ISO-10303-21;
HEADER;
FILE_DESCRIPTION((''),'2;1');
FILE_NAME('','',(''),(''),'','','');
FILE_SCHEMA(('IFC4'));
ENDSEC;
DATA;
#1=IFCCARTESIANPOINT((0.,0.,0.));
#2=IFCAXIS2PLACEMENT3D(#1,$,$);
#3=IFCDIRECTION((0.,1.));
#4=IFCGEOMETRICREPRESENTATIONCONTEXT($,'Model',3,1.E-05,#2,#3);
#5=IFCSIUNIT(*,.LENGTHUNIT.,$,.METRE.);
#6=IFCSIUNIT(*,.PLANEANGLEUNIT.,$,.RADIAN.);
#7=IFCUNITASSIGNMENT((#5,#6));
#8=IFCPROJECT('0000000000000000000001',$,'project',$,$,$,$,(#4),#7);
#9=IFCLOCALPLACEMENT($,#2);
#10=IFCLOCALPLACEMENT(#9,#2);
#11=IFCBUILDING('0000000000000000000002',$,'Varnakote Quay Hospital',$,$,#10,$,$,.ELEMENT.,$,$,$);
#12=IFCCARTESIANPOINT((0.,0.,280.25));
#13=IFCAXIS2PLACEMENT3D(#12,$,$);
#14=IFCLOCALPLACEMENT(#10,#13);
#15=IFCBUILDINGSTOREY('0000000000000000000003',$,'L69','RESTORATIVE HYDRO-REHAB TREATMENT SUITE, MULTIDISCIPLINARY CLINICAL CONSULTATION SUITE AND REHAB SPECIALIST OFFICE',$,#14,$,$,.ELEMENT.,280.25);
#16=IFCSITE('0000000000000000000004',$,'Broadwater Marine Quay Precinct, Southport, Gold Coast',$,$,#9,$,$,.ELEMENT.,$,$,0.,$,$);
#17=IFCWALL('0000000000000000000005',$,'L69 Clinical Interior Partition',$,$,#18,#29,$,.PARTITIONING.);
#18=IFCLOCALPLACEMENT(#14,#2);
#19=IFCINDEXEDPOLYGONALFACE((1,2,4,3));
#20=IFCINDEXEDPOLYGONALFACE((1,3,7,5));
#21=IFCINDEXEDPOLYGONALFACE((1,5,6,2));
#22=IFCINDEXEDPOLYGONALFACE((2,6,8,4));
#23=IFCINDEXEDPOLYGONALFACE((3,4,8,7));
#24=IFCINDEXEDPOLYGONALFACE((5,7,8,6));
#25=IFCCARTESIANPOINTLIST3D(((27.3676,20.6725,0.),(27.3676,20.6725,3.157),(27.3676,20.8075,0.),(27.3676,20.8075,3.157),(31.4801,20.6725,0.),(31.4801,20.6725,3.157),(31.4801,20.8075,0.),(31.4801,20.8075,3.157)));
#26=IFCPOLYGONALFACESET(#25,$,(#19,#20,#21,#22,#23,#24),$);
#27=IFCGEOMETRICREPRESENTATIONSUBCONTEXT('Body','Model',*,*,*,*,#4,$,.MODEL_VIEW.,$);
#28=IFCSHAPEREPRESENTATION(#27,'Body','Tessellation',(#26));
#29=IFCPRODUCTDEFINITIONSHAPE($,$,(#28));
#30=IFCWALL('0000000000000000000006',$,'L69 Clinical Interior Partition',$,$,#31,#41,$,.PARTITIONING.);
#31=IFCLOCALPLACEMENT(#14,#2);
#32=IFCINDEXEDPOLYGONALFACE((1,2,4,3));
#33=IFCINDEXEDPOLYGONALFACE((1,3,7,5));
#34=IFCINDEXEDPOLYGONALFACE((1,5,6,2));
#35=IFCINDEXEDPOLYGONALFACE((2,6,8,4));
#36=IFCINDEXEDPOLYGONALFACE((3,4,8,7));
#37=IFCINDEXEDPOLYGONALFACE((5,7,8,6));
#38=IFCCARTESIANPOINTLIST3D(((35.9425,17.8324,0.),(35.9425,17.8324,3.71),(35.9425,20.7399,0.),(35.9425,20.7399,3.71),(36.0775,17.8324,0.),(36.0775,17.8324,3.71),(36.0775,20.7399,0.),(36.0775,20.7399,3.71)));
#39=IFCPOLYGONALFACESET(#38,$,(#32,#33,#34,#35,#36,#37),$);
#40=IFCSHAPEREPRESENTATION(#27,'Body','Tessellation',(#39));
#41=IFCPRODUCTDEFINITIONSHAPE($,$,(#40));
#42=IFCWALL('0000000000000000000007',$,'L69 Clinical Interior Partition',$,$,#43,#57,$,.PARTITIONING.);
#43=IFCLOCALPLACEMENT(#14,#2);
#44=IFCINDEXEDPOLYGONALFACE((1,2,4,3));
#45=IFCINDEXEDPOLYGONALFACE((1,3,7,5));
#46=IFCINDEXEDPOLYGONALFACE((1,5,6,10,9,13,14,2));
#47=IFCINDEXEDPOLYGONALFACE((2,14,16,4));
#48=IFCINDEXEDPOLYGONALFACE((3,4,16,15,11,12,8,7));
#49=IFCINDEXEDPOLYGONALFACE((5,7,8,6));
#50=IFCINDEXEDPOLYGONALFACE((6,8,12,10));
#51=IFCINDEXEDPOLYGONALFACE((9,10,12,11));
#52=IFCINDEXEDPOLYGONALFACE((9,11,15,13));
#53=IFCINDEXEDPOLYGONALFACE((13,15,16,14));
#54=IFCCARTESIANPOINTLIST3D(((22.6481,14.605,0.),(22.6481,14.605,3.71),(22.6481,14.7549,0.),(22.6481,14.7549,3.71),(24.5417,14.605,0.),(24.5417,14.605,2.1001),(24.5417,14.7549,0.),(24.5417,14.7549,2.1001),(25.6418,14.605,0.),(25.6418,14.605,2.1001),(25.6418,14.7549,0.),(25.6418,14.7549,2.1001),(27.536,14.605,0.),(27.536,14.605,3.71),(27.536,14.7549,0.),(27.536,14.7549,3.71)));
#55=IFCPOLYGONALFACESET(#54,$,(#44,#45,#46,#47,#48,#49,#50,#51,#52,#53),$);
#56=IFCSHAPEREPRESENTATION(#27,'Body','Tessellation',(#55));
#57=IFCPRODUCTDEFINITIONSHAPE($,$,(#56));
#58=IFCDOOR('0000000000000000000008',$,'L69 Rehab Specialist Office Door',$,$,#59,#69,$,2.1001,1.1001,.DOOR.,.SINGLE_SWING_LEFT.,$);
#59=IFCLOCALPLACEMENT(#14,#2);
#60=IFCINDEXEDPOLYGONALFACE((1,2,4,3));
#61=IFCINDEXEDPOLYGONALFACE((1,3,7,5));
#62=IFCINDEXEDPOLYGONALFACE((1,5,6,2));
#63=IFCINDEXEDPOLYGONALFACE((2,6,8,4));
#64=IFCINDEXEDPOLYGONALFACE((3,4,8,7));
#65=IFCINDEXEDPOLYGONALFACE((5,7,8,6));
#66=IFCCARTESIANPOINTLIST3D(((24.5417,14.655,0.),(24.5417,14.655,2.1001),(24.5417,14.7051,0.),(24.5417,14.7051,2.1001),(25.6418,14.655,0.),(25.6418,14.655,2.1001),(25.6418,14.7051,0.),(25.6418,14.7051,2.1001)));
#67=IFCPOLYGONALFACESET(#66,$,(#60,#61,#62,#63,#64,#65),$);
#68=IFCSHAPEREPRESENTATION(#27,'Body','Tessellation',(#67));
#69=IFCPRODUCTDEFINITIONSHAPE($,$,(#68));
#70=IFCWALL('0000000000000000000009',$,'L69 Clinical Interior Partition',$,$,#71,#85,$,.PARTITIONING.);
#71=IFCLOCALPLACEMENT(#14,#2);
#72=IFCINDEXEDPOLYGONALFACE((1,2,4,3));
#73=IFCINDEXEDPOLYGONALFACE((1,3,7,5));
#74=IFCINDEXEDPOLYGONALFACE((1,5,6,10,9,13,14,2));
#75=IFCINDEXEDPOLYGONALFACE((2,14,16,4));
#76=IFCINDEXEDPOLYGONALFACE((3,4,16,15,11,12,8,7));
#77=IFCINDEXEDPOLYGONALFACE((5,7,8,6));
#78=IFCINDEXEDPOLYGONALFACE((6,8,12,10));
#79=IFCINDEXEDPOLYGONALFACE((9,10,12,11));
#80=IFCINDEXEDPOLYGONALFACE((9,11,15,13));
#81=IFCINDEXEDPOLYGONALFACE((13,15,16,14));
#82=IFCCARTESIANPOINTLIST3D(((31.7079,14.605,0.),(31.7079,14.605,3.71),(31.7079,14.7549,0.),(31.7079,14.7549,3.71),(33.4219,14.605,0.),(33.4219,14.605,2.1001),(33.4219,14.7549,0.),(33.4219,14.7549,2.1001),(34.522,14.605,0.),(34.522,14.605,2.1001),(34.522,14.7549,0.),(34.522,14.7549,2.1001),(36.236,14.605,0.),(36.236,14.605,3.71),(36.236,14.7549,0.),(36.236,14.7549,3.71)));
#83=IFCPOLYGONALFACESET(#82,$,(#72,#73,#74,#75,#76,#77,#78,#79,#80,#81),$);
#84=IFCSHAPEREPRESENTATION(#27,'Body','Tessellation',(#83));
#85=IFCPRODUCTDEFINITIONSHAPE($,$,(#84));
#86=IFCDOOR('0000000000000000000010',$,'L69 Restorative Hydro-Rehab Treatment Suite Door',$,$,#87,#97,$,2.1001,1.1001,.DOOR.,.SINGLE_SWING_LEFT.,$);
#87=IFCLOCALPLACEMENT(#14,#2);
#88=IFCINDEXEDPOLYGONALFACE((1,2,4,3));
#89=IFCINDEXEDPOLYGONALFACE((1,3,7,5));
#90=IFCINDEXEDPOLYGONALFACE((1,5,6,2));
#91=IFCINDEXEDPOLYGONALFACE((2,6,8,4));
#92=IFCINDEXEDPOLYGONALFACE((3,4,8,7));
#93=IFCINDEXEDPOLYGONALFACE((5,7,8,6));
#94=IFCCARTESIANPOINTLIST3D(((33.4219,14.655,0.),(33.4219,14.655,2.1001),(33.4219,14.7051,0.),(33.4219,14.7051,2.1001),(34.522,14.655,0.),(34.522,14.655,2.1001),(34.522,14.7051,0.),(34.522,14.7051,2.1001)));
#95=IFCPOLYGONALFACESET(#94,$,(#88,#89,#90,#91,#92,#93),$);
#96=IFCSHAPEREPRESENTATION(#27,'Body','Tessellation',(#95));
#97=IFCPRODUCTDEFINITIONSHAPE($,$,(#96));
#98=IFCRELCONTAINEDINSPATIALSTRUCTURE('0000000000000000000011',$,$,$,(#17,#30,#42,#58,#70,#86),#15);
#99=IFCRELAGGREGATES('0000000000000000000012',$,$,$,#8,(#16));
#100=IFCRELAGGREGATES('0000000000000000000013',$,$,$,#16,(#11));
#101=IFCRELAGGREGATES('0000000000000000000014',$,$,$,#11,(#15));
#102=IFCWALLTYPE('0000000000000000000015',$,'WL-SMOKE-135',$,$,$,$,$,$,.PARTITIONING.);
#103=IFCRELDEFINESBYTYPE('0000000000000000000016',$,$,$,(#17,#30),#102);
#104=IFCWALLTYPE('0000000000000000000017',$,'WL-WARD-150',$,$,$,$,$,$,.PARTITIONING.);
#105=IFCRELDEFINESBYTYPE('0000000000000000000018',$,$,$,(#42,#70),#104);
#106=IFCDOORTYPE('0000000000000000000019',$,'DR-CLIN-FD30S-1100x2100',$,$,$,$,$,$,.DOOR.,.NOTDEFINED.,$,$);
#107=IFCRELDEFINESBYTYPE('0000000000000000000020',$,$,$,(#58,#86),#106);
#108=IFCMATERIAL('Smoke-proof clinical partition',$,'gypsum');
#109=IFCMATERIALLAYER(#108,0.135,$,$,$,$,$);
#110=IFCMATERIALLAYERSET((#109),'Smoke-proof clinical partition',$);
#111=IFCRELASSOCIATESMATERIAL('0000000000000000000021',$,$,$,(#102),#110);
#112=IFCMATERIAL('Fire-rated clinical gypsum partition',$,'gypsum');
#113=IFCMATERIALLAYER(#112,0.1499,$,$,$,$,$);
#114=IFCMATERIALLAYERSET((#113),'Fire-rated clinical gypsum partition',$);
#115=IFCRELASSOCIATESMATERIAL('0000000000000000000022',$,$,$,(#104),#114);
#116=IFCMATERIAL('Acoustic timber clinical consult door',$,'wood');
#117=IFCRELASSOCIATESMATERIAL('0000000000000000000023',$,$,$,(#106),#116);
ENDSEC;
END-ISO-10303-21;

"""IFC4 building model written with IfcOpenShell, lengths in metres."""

from ifc_helpers import new_model, si_unit, direction, frame, frame_2d, origin, place, context, subcontext, project, spatial, rectangle, extrude, material, layer, layer_set, type_object, element, fill, save


model = new_model("IFC4")

# Units and contexts
model_context = context("Model", 3, precision=1e-05, world=origin(), true_north=direction((0.0, 1.0)))
body_context = subcontext(model_context, "Body", "Model", "MODEL_VIEW")
ifc_project = project(units=[si_unit("LENGTHUNIT", "METRE"), si_unit("PLANEANGLEUNIT", "RADIAN")], contexts=[model_context])

# Site, building, storey
site_placement = place(None, origin())
site = spatial("IfcSite", under=ifc_project, at=site_placement, Name="Broadwater Marine Quay Precinct, Southport, Gold Coast", CompositionType="ELEMENT", RefElevation=0.0)
building_placement = place(site_placement, origin())
building = spatial("IfcBuilding", under=site, at=building_placement, Name="Varnakote Quay Hospital", CompositionType="ELEMENT")
storey_placement = place(building_placement, frame((0.0, 0.0, 280.25)))
storey = spatial("IfcBuildingStorey", under=building, at=storey_placement, Name="L69", Description="RESTORATIVE HYDRO-REHAB TREATMENT SUITE, MULTIDISCIPLINARY CLINICAL CONSULTATION SUITE AND REHAB SPECIALIST OFFICE", CompositionType="ELEMENT", Elevation=280.25)

# Walls
ifc_material_1 = material(Name="Smoke-proof clinical partition", Category="gypsum")
ifc_layer_1 = layer(ifc_material_1, 0.135)
ifc_layer_set_1 = layer_set([ifc_layer_1], Name="Smoke-proof clinical partition")
wall_type_1 = type_object("IfcWallType", Name="WL-SMOKE-135", PredefinedType="PARTITIONING", material=ifc_layer_set_1)
wall_1_placement = place(storey_placement, frame((31.48, 20.74, 0.0), z_axis=(0.0, 0.0, 1.0), x_axis=(-1.0, 0.0, 0.0)))
element("IfcWall", 1, at=wall_1_placement, inside=storey, type_object=wall_type_1, Name="L69 Clinical Interior Partition", PredefinedType="PARTITIONING", context=body_context, shape_type="SweptSolid", body=[
    extrude(rectangle(XDim=4.1125, YDim=0.135, at=frame_2d((2.0562, 0.0))), origin(), (0.0, 0.0, 1.0), 3.157),
])
wall_2_placement = place(storey_placement, frame((36.01, 17.8325, 0.0), z_axis=(0.0, 0.0, 1.0), x_axis=(0.0, 1.0, 0.0)))
element("IfcWall", 2, at=wall_2_placement, inside=storey, type_object=wall_type_1, Name="L69 Clinical Interior Partition", PredefinedType="PARTITIONING", context=body_context, shape_type="SweptSolid", body=[
    extrude(rectangle(XDim=2.9075, YDim=0.135, at=frame_2d((1.4536, 0.0))), origin(), (0.0, 0.0, 1.0), 3.71),
])

# Walls, openings, doors
ifc_material_2 = material(Name="Fire-rated clinical gypsum partition", Category="gypsum")
ifc_layer_2 = layer(ifc_material_2, 0.1499)
ifc_layer_set_2 = layer_set([ifc_layer_2], Name="Fire-rated clinical gypsum partition")
wall_type_2 = type_object("IfcWallType", Name="WL-WARD-150", PredefinedType="PARTITIONING", material=ifc_layer_set_2)
wall_3_placement = place(storey_placement, frame((27.5359, 14.6799, 0.0), z_axis=(0.0, 0.0, 1.0), x_axis=(-1.0, 0.0, 0.0)))
wall_3 = element("IfcWall", 3, at=wall_3_placement, inside=storey, type_object=wall_type_2, Name="L69 Clinical Interior Partition", PredefinedType="PARTITIONING", context=body_context, shape_type="SweptSolid", body=[
    extrude(rectangle(XDim=4.8879, YDim=0.1499, at=frame_2d((2.4438, 0.0))), origin(), (0.0, 0.0, 1.0), 3.71),
])
opening_1_placement = place(wall_3_placement, frame((1.894, 0.0, 0.0)))
opening_1 = element("IfcOpeningElement", 4, at=opening_1_placement, cuts=wall_3, PredefinedType="OPENING", context=body_context, shape_type="SweptSolid", body=[
    extrude(rectangle(XDim=1.1001, YDim=2.1001, at=frame_2d((0.55, 1.05))), frame((0.0, 0.085, 0.0), z_axis=(0.0, -1.0, 0.0), x_axis=(1.0, 0.0, 0.0)), (0.0, 0.0, 1.0), 0.1699),
])
ifc_material_3 = material(Name="Acoustic timber clinical consult door", Category="wood")
door_type_1 = type_object("IfcDoorType", Name="DR-CLIN-FD30S-1100x2100", OperationType="NOTDEFINED", PredefinedType="DOOR", material=ifc_material_3)
door_1_placement = place(opening_1_placement, origin())
door_1 = element("IfcDoor", 5, at=door_1_placement, inside=storey, type_object=door_type_1, Name="L69 Rehab Specialist Office Door", OperationType="SINGLE_SWING_LEFT", OverallHeight=2.1001, OverallWidth=1.1001, PredefinedType="DOOR", context=body_context, shape_type="SweptSolid", body=[
    extrude(rectangle(XDim=1.1001, YDim=2.1001, at=frame_2d((0.55, 1.05))), frame((0.0, 0.0249, 0.0), z_axis=(0.0, -1.0, 0.0), x_axis=(1.0, 0.0, 0.0)), (0.0, 0.0, 1.0), 0.05),
])
fill(opening_1, door_1)
wall_4_placement = place(storey_placement, frame((36.2361, 14.6799, 0.0), z_axis=(0.0, 0.0, 1.0), x_axis=(-1.0, 0.0, 0.0)))
wall_4 = element("IfcWall", 6, at=wall_4_placement, inside=storey, type_object=wall_type_2, Name="L69 Clinical Interior Partition", PredefinedType="PARTITIONING", context=body_context, shape_type="SweptSolid", body=[
    extrude(rectangle(XDim=4.5281, YDim=0.1499, at=frame_2d((2.2642, 0.0))), origin(), (0.0, 0.0, 1.0), 3.71),
])
opening_2_placement = place(wall_4_placement, frame((1.7141, 0.0, 0.0)))
opening_2 = element("IfcOpeningElement", 7, at=opening_2_placement, cuts=wall_4, PredefinedType="OPENING", context=body_context, shape_type="SweptSolid", body=[
    extrude(rectangle(XDim=1.1001, YDim=2.1001, at=frame_2d((0.55, 1.05))), frame((0.0, 0.085, 0.0), z_axis=(0.0, -1.0, 0.0), x_axis=(1.0, 0.0, 0.0)), (0.0, 0.0, 1.0), 0.1699),
])
door_2_placement = place(opening_2_placement, origin())
door_2 = element("IfcDoor", 8, at=door_2_placement, inside=storey, type_object=door_type_1, Name="L69 Restorative Hydro-Rehab Treatment Suite Door", OperationType="SINGLE_SWING_LEFT", OverallHeight=2.1001, OverallWidth=1.1001, PredefinedType="DOOR", context=body_context, shape_type="SweptSolid", body=[
    extrude(rectangle(XDim=1.1001, YDim=2.1001, at=frame_2d((0.55, 1.05))), frame((0.0, 0.0249, 0.0), z_axis=(0.0, -1.0, 0.0), x_axis=(1.0, 0.0, 0.0)), (0.0, 0.0, 1.0), 0.05),
])
fill(opening_2, door_2)

save(model, "model.ifc")
